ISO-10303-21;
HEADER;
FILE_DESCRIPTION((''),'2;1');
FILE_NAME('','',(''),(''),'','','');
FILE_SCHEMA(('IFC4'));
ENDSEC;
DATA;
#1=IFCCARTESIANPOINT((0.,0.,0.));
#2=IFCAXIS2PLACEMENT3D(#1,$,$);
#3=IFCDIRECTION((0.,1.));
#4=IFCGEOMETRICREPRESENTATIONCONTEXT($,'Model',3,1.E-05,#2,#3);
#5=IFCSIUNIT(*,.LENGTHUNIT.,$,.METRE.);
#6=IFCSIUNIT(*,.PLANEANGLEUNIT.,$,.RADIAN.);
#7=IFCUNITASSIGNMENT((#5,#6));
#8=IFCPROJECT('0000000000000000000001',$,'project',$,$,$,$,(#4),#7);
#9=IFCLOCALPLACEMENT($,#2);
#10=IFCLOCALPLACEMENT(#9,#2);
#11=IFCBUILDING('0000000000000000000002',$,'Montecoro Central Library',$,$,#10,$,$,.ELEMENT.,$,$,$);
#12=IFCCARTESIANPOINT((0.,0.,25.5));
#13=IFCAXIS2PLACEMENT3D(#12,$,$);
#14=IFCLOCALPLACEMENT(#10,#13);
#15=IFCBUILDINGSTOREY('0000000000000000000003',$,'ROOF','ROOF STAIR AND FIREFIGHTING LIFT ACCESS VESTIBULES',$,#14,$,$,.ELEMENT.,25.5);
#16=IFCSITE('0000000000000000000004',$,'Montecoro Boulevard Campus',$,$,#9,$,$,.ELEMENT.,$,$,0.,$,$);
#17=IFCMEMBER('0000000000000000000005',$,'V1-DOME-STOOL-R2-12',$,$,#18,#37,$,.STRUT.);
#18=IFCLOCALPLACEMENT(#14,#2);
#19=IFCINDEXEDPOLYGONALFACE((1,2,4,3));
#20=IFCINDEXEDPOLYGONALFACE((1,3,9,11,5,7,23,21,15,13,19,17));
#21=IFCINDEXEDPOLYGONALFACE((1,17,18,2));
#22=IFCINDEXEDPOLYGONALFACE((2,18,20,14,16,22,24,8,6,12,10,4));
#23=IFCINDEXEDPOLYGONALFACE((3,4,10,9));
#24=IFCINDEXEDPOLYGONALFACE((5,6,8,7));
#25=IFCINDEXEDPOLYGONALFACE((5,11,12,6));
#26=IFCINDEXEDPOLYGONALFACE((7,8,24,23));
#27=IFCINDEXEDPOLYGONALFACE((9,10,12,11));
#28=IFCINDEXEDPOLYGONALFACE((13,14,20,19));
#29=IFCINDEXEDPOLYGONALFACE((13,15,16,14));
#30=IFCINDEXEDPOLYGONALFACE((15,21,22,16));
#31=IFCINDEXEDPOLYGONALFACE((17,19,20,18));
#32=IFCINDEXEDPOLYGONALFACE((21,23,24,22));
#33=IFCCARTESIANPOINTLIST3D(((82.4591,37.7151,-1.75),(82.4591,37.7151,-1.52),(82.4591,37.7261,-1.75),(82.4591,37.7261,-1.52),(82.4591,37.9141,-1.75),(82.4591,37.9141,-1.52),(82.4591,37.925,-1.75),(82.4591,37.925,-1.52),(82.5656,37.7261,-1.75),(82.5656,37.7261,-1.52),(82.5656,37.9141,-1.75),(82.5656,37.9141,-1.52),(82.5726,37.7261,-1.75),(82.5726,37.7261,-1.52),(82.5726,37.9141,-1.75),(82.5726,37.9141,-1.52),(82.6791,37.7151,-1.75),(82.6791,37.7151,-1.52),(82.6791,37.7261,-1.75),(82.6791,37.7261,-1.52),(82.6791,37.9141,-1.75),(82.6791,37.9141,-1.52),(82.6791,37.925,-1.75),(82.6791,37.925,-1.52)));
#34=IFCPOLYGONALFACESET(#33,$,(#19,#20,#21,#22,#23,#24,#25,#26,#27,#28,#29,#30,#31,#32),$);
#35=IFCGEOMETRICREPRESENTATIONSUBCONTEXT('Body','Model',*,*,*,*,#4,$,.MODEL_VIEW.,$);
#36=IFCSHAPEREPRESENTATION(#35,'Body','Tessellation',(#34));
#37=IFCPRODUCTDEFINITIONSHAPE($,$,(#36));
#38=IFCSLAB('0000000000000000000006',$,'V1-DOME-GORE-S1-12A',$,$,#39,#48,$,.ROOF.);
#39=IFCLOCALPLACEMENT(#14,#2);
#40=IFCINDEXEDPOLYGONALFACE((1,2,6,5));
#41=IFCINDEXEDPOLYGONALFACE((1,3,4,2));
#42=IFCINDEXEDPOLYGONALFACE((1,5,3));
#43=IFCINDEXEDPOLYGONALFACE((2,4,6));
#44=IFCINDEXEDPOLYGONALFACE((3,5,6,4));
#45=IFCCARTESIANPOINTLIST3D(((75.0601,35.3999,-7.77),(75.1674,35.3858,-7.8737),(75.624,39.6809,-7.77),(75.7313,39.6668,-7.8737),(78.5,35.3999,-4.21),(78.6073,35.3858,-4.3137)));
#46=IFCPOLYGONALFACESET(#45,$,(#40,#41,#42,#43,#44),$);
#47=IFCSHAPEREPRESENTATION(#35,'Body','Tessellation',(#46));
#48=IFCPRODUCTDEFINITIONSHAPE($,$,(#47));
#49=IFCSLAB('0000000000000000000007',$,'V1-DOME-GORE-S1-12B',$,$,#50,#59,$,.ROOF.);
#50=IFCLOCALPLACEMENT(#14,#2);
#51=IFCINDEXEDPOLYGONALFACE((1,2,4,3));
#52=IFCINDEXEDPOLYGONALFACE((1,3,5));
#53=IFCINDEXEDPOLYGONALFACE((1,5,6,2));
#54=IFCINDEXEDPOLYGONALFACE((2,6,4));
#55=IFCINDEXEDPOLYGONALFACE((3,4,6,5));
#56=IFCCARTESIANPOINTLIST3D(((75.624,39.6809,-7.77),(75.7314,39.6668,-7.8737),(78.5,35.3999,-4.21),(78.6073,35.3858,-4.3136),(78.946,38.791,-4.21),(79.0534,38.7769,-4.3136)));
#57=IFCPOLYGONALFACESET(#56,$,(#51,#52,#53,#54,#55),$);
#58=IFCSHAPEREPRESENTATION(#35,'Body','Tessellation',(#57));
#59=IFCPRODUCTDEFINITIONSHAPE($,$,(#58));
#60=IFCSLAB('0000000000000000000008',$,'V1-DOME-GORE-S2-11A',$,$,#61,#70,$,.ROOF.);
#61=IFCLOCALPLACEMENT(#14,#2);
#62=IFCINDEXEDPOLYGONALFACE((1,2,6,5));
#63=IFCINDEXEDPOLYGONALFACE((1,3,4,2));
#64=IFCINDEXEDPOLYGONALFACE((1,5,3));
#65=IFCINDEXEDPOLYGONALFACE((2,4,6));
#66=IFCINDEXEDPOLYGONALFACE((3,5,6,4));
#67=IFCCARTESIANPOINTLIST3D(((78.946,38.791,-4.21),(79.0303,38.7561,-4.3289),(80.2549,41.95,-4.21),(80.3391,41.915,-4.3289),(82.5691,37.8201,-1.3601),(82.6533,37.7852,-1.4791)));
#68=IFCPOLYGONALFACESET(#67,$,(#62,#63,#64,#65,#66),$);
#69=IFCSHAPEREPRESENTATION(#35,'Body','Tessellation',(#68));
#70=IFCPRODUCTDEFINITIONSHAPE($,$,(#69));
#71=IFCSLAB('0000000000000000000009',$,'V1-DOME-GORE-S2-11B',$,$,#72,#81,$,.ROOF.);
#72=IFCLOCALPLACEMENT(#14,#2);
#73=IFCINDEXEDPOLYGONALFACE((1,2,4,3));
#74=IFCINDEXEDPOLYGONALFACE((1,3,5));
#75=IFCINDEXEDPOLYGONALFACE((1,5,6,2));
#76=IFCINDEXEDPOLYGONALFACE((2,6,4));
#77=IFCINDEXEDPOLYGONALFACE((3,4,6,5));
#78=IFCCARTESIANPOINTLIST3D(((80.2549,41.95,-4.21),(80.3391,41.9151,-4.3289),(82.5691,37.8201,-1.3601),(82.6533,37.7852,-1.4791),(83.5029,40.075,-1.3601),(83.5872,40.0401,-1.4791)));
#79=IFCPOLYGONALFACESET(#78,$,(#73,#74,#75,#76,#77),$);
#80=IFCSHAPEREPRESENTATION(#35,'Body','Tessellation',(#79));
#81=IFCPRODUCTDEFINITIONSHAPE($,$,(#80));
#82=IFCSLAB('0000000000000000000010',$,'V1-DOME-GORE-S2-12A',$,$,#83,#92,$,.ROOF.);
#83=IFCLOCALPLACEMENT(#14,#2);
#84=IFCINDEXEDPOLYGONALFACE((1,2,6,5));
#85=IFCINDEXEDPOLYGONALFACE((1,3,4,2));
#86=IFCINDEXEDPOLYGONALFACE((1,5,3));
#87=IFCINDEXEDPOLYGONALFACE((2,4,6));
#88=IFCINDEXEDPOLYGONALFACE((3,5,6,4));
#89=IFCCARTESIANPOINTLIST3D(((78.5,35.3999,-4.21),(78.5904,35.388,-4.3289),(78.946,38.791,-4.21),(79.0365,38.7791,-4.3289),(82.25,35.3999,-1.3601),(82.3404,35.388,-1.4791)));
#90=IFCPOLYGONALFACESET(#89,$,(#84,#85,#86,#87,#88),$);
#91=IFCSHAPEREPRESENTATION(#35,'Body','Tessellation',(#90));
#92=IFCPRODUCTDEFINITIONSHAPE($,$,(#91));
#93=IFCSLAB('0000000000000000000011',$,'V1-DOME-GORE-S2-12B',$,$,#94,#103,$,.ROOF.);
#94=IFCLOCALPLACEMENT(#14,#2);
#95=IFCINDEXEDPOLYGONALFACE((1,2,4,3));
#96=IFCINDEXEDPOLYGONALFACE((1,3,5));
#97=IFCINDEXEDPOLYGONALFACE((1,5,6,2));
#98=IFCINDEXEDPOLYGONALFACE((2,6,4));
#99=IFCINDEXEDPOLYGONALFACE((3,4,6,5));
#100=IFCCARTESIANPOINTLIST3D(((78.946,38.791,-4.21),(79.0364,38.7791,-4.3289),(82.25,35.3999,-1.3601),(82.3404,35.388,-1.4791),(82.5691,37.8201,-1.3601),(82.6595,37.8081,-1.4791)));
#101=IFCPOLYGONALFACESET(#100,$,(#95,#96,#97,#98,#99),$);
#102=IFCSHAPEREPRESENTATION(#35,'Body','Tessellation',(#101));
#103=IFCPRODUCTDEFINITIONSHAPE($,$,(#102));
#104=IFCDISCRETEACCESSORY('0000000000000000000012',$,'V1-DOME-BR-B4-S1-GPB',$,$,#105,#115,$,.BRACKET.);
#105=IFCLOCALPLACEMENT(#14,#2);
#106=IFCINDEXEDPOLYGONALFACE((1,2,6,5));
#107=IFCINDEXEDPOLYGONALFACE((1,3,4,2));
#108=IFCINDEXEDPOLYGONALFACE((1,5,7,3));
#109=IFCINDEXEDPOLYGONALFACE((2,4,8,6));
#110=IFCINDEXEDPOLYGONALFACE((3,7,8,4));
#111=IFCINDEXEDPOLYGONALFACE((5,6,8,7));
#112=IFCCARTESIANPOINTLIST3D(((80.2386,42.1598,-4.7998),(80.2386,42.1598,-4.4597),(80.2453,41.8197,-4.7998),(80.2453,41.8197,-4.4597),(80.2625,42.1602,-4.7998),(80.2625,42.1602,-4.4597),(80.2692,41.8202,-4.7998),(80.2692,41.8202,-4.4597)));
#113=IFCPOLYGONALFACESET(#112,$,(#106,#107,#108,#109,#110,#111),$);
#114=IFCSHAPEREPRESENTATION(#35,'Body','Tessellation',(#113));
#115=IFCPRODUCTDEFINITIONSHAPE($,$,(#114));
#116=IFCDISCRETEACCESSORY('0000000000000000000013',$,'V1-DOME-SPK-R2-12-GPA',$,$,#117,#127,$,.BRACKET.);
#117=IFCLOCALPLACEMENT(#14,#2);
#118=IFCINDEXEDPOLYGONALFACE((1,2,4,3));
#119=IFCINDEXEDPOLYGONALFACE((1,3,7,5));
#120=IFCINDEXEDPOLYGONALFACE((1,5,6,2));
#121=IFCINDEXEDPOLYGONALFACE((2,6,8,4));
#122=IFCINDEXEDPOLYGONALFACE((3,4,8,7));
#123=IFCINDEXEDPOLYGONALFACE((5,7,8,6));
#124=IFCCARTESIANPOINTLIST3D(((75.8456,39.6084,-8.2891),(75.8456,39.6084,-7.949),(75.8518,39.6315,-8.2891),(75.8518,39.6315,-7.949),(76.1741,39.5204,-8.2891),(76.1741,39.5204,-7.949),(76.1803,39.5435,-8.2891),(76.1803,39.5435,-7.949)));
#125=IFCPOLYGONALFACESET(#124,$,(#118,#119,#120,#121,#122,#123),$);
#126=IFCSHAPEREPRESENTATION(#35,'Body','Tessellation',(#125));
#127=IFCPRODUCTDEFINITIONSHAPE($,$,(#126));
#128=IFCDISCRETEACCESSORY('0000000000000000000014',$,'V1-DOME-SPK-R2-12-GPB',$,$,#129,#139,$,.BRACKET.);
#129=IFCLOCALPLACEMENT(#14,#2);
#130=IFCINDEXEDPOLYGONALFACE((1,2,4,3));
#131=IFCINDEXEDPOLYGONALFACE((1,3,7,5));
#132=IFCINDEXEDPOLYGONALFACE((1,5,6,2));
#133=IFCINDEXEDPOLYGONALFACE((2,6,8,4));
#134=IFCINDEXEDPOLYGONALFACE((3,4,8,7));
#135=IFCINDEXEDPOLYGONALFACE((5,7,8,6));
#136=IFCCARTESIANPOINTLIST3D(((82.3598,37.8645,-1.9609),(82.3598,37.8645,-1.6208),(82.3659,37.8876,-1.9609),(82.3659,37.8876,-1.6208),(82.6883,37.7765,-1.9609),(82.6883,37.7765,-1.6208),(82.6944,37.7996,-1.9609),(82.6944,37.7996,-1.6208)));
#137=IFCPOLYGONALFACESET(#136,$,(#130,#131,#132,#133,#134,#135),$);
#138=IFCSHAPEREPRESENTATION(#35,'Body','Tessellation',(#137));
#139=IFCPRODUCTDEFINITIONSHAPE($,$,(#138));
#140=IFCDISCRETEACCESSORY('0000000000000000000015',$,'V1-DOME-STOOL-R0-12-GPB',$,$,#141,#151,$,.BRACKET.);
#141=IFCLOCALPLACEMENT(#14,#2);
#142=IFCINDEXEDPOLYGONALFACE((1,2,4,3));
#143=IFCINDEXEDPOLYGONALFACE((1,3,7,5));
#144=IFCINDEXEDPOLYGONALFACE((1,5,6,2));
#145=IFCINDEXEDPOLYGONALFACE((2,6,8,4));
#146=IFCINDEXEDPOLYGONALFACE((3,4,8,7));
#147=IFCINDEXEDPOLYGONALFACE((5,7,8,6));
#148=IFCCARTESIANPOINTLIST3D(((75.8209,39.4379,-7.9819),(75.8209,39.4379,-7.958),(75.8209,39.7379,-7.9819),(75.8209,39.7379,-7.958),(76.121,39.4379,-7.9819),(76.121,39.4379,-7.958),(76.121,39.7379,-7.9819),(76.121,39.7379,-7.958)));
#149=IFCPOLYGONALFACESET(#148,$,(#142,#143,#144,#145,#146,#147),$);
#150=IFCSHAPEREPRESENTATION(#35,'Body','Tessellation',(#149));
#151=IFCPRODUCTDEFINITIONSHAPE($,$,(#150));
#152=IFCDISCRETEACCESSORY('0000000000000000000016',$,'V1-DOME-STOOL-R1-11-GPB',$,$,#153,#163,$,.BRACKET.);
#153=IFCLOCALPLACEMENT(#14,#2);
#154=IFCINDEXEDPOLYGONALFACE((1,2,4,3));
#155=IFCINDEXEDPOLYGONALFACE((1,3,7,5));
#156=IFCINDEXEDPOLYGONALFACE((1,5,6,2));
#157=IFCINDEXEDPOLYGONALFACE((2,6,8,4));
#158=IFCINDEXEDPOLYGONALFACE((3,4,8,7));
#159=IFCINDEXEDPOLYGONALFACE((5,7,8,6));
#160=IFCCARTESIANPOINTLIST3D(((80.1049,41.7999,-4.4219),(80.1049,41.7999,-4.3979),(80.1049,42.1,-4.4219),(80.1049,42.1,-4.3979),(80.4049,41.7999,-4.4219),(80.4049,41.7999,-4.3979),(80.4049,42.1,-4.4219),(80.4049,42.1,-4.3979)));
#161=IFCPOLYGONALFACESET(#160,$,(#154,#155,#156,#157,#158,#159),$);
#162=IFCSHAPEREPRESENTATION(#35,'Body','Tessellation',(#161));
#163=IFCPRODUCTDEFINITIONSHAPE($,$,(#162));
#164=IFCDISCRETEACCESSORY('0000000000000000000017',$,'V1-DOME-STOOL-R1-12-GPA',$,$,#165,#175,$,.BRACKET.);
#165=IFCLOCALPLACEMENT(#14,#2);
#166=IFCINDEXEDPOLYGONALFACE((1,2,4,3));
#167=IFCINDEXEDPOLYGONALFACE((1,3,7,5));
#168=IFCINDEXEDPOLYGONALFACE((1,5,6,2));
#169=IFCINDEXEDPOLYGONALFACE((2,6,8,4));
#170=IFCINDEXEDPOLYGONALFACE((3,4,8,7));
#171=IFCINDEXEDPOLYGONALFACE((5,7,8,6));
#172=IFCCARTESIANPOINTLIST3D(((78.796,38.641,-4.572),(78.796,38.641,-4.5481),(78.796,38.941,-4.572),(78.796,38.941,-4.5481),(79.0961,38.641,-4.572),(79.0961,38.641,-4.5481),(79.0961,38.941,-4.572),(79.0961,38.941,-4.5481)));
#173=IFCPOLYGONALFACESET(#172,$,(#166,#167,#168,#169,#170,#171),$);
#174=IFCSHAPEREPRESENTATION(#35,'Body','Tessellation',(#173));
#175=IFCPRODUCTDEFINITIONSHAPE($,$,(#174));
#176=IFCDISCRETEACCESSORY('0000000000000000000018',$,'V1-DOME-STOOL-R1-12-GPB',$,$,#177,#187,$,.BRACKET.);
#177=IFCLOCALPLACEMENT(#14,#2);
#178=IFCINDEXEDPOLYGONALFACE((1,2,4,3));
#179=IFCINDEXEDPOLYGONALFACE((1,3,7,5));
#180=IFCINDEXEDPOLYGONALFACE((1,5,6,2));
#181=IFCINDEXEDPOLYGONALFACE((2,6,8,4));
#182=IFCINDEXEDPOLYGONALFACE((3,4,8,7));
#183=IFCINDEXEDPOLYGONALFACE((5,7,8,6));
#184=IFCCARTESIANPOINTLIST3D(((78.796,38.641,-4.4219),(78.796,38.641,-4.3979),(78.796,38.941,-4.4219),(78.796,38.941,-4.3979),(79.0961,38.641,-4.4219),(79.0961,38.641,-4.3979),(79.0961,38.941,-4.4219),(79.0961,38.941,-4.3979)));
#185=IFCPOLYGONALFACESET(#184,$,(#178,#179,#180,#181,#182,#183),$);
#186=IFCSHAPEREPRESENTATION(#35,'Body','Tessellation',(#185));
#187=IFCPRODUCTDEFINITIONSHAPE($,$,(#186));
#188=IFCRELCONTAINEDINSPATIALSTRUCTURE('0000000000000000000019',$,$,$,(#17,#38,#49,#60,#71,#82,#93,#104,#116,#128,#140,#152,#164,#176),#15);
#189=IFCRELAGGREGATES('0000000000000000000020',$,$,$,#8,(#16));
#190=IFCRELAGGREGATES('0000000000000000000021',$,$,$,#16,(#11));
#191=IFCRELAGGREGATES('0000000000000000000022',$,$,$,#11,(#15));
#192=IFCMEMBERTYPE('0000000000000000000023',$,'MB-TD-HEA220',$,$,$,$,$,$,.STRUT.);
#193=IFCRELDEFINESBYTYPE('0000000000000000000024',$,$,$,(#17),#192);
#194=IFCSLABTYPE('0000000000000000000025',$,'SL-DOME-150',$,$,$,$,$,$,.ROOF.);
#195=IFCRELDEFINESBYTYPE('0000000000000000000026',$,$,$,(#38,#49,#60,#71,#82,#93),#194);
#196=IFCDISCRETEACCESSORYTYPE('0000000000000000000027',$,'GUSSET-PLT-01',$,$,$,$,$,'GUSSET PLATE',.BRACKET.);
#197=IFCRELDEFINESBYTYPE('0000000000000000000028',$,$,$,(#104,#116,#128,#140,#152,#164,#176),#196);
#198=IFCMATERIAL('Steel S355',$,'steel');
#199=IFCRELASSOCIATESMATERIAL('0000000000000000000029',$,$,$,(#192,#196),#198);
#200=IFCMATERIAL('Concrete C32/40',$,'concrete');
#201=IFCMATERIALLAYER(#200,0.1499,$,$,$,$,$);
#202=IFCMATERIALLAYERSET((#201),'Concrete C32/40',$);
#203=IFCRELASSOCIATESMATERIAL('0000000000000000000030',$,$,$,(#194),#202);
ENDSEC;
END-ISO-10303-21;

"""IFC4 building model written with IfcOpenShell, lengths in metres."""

from ifc_helpers import new_model, si_unit, direction, frame, origin, origin_2d, place, context, subcontext, project, spatial, polyline, rectangle, i_section, outline, extrude, material, layer, layer_set, material_profile, profile_set, type_object, element, save


model = new_model("IFC4")

# Units and contexts
model_context = context("Model", 3, precision=1e-05, world=origin(), true_north=direction((0.0, 1.0)))
body_context = subcontext(model_context, "Body", "Model", "MODEL_VIEW")
ifc_project = project(units=[si_unit("LENGTHUNIT", "METRE"), si_unit("PLANEANGLEUNIT", "RADIAN")], contexts=[model_context])

# Site, building, storey
site_placement = place(None, origin())
site = spatial("IfcSite", under=ifc_project, at=site_placement, Name="Montecoro Boulevard Campus", CompositionType="ELEMENT", RefElevation=0.0)
building_placement = place(site_placement, origin())
building = spatial("IfcBuilding", under=site, at=building_placement, Name="Montecoro Central Library", CompositionType="ELEMENT")
storey_placement = place(building_placement, frame((0.0, 0.0, 25.5)))
storey = spatial("IfcBuildingStorey", under=building, at=storey_placement, Name="ROOF", Description="ROOF STAIR AND FIREFIGHTING LIFT ACCESS VESTIBULES", CompositionType="ELEMENT", Elevation=25.5)

# Member
ifc_material_1 = material(Name="Steel S355", Category="steel")
ifc_material_profile_1 = material_profile(ifc_material_1, i_section(OverallWidth=0.22, OverallDepth=0.21, WebThickness=0.0071, FlangeThickness=0.011, at=origin_2d()), Name="HEA 220")
ifc_profile_set_1 = profile_set([ifc_material_profile_1], Name="Steel S355")
member_type_1 = type_object("IfcMemberType", Name="MB-TD-HEA220", PredefinedType="STRUT", material=ifc_profile_set_1)
for number, where, z_axis, x_axis, name in (
    (1, (82.5691, 37.8201, -1.75), (0.0, 0.0, 1.0), (1.0, 0.0, 0.0), "V1-DOME-STOOL-R2-12"),
):
    element("IfcMember", number, at=place(storey_placement, frame(where, z_axis=z_axis, x_axis=x_axis)), inside=storey, type_object=member_type_1, Name=name, PredefinedType="STRUT", context=body_context, shape_type="SweptSolid", body=[
        extrude(i_section(OverallWidth=0.22, OverallDepth=0.21, WebThickness=0.0071, FlangeThickness=0.011, at=origin_2d()), origin(), (0.0, 0.0, 1.0), 0.23),
    ])

# Slabs
ifc_material_2 = material(Name="Concrete C32/40", Category="concrete")
ifc_layer = layer(ifc_material_2, 0.1499)
ifc_layer_set = layer_set([ifc_layer], Name="Concrete C32/40")
slab_type = type_object("IfcSlabType", Name="SL-DOME-150", PredefinedType="ROOF", material=ifc_layer_set)
slab_1_placement = place(storey_placement, frame((75.624, 39.6809, -7.77), z_axis=(-0.715929, 0.094314, 0.691773), x_axis=(-0.130608, -0.991434, 0.0)))
element("IfcSlab", 2, at=slab_1_placement, inside=storey, type_object=slab_type, Name="V1-DOME-GORE-S1-12A", PredefinedType="ROOF", context=body_context, shape_type="SweptSolid", body=[
    extrude(outline(polyline([(0.0, 0.0), (4.318, 0.0), (3.8687, 4.93), (0.0, 0.0)])), origin(), (0.0, 0.0, -1.0), 0.1499),
])
slab_2_placement = place(storey_placement, frame((75.624, 39.6809, -7.77), z_axis=(-0.716025, 0.094181, 0.691692), x_axis=(0.458926, -0.683129, 0.568086)))
element("IfcSlab", 3, at=slab_2_placement, inside=storey, type_object=slab_type, Name="V1-DOME-GORE-S1-12B", PredefinedType="ROOF", context=body_context, shape_type="SweptSolid", body=[
    extrude(outline(polyline([(0.0, 0.0), (6.2668, 0.0), (4.1549, 2.6905), (0.0, 0.0)])), origin(), (0.0, 0.0, -1.0), 0.1499),
])
slab_3_placement = place(storey_placement, frame((80.2549, 41.95, -4.21), z_axis=(-0.561944, 0.23283, 0.793731), x_axis=(-0.382774, -0.923842, 0.0)))
element("IfcSlab", 4, at=slab_3_placement, inside=storey, type_object=slab_type, Name="V1-DOME-GORE-S2-11A", PredefinedType="ROOF", context=body_context, shape_type="SweptSolid", body=[
    extrude(outline(polyline([(0.0, 0.0), (3.4193, 0.0), (2.9295, 4.6852), (0.0, 0.0)])), origin(), (0.0, 0.0, -1.0), 0.1499),
])
slab_4_placement = place(storey_placement, frame((80.2549, 41.95, -4.21), z_axis=(-0.562027, 0.232758, 0.793694), x_axis=(0.41881, -0.747398, 0.515747)))
element("IfcSlab", 5, at=slab_4_placement, inside=storey, type_object=slab_type, Name="V1-DOME-GORE-S2-11B", PredefinedType="ROOF", context=body_context, shape_type="SweptSolid", body=[
    extrude(outline(polyline([(0.0, 0.0), (5.5257, 0.0), (4.2315, 2.0692), (0.0, 0.0)])), origin(), (0.0, 0.0, -1.0), 0.1499),
])
slab_5_placement = place(storey_placement, frame((78.946, 38.791, -4.21), z_axis=(-0.603156, 0.079335, 0.793668), x_axis=(-0.13041, -0.99146, 0.0)))
element("IfcSlab", 6, at=slab_5_placement, inside=storey, type_object=slab_type, Name="V1-DOME-GORE-S2-12A", PredefinedType="ROOF", context=body_context, shape_type="SweptSolid", body=[
    extrude(outline(polyline([(0.0, 0.0), (3.4203, 0.0), (2.9313, 4.6845), (0.0, 0.0)])), origin(), (0.0, 0.0, -1.0), 0.1499),
])
slab_6_placement = place(storey_placement, frame((78.946, 38.791, -4.21), z_axis=(-0.60304, 0.079509, 0.793739), x_axis=(0.597885, -0.613657, 0.515711)))
element("IfcSlab", 7, at=slab_6_placement, inside=storey, type_object=slab_type, Name="V1-DOME-GORE-S2-12B", PredefinedType="ROOF", context=body_context, shape_type="SweptSolid", body=[
    extrude(outline(polyline([(0.0, 0.0), (5.5261, 0.0), (4.2317, 2.0697), (0.0, 0.0)])), origin(), (0.0, 0.0, -1.0), 0.1499),
])

# Discrete accessories
discrete_accessory_type = type_object("IfcDiscreteAccessoryType", Name="GUSSET-PLT-01", ElementType="GUSSET PLATE", PredefinedType="BRACKET", material=ifc_material_1)
for number, where, z_axis, x_axis, name in (
    (8, (80.2539, 41.99, -4.7998), (0.0, 0.0, 1.0), (0.019721, -0.999806, 0.0), "V1-DOME-BR-B4-S1-GPB"),
    (9, (76.0129, 39.5759, -8.2891), (0.0, 0.0, 1.0), (0.965926, -0.258819, 0.0), "V1-DOME-SPK-R2-12-GPA"),
    (10, (82.5271, 37.832, -1.9609), (0.0, 0.0, 1.0), (0.965926, -0.258819, 0.0), "V1-DOME-SPK-R2-12-GPB"),
):
    element("IfcDiscreteAccessory", number, at=place(storey_placement, frame(where, z_axis=z_axis, x_axis=x_axis)), inside=storey, type_object=discrete_accessory_type, Name=name, PredefinedType="BRACKET", context=body_context, shape_type="SweptSolid", body=[
        extrude(rectangle(XDim=0.3401, YDim=0.0239, at=origin_2d()), origin(), (0.0, 0.0, 1.0), 0.3401),
    ])
for number, where, z_axis, x_axis, name in (
    (11, (75.9709, 39.5879, -7.9819), (0.0, 0.0, 1.0), (1.0, 0.0, 0.0), "V1-DOME-STOOL-R0-12-GPB"),
    (12, (80.2549, 41.95, -4.4219), (0.0, 0.0, 1.0), (1.0, 0.0, 0.0), "V1-DOME-STOOL-R1-11-GPB"),
    (13, (78.946, 38.791, -4.572), (0.0, 0.0, 1.0), (1.0, 0.0, 0.0), "V1-DOME-STOOL-R1-12-GPA"),
    (14, (78.946, 38.791, -4.4219), (0.0, 0.0, 1.0), (1.0, 0.0, 0.0), "V1-DOME-STOOL-R1-12-GPB"),
):
    element("IfcDiscreteAccessory", number, at=place(storey_placement, frame(where, z_axis=z_axis, x_axis=x_axis)), inside=storey, type_object=discrete_accessory_type, Name=name, PredefinedType="BRACKET", context=body_context, shape_type="SweptSolid", body=[
        extrude(rectangle(XDim=0.3, YDim=0.3, at=origin_2d()), origin(), (0.0, 0.0, 1.0), 0.0239),
    ])

save(model, "model.ifc")
